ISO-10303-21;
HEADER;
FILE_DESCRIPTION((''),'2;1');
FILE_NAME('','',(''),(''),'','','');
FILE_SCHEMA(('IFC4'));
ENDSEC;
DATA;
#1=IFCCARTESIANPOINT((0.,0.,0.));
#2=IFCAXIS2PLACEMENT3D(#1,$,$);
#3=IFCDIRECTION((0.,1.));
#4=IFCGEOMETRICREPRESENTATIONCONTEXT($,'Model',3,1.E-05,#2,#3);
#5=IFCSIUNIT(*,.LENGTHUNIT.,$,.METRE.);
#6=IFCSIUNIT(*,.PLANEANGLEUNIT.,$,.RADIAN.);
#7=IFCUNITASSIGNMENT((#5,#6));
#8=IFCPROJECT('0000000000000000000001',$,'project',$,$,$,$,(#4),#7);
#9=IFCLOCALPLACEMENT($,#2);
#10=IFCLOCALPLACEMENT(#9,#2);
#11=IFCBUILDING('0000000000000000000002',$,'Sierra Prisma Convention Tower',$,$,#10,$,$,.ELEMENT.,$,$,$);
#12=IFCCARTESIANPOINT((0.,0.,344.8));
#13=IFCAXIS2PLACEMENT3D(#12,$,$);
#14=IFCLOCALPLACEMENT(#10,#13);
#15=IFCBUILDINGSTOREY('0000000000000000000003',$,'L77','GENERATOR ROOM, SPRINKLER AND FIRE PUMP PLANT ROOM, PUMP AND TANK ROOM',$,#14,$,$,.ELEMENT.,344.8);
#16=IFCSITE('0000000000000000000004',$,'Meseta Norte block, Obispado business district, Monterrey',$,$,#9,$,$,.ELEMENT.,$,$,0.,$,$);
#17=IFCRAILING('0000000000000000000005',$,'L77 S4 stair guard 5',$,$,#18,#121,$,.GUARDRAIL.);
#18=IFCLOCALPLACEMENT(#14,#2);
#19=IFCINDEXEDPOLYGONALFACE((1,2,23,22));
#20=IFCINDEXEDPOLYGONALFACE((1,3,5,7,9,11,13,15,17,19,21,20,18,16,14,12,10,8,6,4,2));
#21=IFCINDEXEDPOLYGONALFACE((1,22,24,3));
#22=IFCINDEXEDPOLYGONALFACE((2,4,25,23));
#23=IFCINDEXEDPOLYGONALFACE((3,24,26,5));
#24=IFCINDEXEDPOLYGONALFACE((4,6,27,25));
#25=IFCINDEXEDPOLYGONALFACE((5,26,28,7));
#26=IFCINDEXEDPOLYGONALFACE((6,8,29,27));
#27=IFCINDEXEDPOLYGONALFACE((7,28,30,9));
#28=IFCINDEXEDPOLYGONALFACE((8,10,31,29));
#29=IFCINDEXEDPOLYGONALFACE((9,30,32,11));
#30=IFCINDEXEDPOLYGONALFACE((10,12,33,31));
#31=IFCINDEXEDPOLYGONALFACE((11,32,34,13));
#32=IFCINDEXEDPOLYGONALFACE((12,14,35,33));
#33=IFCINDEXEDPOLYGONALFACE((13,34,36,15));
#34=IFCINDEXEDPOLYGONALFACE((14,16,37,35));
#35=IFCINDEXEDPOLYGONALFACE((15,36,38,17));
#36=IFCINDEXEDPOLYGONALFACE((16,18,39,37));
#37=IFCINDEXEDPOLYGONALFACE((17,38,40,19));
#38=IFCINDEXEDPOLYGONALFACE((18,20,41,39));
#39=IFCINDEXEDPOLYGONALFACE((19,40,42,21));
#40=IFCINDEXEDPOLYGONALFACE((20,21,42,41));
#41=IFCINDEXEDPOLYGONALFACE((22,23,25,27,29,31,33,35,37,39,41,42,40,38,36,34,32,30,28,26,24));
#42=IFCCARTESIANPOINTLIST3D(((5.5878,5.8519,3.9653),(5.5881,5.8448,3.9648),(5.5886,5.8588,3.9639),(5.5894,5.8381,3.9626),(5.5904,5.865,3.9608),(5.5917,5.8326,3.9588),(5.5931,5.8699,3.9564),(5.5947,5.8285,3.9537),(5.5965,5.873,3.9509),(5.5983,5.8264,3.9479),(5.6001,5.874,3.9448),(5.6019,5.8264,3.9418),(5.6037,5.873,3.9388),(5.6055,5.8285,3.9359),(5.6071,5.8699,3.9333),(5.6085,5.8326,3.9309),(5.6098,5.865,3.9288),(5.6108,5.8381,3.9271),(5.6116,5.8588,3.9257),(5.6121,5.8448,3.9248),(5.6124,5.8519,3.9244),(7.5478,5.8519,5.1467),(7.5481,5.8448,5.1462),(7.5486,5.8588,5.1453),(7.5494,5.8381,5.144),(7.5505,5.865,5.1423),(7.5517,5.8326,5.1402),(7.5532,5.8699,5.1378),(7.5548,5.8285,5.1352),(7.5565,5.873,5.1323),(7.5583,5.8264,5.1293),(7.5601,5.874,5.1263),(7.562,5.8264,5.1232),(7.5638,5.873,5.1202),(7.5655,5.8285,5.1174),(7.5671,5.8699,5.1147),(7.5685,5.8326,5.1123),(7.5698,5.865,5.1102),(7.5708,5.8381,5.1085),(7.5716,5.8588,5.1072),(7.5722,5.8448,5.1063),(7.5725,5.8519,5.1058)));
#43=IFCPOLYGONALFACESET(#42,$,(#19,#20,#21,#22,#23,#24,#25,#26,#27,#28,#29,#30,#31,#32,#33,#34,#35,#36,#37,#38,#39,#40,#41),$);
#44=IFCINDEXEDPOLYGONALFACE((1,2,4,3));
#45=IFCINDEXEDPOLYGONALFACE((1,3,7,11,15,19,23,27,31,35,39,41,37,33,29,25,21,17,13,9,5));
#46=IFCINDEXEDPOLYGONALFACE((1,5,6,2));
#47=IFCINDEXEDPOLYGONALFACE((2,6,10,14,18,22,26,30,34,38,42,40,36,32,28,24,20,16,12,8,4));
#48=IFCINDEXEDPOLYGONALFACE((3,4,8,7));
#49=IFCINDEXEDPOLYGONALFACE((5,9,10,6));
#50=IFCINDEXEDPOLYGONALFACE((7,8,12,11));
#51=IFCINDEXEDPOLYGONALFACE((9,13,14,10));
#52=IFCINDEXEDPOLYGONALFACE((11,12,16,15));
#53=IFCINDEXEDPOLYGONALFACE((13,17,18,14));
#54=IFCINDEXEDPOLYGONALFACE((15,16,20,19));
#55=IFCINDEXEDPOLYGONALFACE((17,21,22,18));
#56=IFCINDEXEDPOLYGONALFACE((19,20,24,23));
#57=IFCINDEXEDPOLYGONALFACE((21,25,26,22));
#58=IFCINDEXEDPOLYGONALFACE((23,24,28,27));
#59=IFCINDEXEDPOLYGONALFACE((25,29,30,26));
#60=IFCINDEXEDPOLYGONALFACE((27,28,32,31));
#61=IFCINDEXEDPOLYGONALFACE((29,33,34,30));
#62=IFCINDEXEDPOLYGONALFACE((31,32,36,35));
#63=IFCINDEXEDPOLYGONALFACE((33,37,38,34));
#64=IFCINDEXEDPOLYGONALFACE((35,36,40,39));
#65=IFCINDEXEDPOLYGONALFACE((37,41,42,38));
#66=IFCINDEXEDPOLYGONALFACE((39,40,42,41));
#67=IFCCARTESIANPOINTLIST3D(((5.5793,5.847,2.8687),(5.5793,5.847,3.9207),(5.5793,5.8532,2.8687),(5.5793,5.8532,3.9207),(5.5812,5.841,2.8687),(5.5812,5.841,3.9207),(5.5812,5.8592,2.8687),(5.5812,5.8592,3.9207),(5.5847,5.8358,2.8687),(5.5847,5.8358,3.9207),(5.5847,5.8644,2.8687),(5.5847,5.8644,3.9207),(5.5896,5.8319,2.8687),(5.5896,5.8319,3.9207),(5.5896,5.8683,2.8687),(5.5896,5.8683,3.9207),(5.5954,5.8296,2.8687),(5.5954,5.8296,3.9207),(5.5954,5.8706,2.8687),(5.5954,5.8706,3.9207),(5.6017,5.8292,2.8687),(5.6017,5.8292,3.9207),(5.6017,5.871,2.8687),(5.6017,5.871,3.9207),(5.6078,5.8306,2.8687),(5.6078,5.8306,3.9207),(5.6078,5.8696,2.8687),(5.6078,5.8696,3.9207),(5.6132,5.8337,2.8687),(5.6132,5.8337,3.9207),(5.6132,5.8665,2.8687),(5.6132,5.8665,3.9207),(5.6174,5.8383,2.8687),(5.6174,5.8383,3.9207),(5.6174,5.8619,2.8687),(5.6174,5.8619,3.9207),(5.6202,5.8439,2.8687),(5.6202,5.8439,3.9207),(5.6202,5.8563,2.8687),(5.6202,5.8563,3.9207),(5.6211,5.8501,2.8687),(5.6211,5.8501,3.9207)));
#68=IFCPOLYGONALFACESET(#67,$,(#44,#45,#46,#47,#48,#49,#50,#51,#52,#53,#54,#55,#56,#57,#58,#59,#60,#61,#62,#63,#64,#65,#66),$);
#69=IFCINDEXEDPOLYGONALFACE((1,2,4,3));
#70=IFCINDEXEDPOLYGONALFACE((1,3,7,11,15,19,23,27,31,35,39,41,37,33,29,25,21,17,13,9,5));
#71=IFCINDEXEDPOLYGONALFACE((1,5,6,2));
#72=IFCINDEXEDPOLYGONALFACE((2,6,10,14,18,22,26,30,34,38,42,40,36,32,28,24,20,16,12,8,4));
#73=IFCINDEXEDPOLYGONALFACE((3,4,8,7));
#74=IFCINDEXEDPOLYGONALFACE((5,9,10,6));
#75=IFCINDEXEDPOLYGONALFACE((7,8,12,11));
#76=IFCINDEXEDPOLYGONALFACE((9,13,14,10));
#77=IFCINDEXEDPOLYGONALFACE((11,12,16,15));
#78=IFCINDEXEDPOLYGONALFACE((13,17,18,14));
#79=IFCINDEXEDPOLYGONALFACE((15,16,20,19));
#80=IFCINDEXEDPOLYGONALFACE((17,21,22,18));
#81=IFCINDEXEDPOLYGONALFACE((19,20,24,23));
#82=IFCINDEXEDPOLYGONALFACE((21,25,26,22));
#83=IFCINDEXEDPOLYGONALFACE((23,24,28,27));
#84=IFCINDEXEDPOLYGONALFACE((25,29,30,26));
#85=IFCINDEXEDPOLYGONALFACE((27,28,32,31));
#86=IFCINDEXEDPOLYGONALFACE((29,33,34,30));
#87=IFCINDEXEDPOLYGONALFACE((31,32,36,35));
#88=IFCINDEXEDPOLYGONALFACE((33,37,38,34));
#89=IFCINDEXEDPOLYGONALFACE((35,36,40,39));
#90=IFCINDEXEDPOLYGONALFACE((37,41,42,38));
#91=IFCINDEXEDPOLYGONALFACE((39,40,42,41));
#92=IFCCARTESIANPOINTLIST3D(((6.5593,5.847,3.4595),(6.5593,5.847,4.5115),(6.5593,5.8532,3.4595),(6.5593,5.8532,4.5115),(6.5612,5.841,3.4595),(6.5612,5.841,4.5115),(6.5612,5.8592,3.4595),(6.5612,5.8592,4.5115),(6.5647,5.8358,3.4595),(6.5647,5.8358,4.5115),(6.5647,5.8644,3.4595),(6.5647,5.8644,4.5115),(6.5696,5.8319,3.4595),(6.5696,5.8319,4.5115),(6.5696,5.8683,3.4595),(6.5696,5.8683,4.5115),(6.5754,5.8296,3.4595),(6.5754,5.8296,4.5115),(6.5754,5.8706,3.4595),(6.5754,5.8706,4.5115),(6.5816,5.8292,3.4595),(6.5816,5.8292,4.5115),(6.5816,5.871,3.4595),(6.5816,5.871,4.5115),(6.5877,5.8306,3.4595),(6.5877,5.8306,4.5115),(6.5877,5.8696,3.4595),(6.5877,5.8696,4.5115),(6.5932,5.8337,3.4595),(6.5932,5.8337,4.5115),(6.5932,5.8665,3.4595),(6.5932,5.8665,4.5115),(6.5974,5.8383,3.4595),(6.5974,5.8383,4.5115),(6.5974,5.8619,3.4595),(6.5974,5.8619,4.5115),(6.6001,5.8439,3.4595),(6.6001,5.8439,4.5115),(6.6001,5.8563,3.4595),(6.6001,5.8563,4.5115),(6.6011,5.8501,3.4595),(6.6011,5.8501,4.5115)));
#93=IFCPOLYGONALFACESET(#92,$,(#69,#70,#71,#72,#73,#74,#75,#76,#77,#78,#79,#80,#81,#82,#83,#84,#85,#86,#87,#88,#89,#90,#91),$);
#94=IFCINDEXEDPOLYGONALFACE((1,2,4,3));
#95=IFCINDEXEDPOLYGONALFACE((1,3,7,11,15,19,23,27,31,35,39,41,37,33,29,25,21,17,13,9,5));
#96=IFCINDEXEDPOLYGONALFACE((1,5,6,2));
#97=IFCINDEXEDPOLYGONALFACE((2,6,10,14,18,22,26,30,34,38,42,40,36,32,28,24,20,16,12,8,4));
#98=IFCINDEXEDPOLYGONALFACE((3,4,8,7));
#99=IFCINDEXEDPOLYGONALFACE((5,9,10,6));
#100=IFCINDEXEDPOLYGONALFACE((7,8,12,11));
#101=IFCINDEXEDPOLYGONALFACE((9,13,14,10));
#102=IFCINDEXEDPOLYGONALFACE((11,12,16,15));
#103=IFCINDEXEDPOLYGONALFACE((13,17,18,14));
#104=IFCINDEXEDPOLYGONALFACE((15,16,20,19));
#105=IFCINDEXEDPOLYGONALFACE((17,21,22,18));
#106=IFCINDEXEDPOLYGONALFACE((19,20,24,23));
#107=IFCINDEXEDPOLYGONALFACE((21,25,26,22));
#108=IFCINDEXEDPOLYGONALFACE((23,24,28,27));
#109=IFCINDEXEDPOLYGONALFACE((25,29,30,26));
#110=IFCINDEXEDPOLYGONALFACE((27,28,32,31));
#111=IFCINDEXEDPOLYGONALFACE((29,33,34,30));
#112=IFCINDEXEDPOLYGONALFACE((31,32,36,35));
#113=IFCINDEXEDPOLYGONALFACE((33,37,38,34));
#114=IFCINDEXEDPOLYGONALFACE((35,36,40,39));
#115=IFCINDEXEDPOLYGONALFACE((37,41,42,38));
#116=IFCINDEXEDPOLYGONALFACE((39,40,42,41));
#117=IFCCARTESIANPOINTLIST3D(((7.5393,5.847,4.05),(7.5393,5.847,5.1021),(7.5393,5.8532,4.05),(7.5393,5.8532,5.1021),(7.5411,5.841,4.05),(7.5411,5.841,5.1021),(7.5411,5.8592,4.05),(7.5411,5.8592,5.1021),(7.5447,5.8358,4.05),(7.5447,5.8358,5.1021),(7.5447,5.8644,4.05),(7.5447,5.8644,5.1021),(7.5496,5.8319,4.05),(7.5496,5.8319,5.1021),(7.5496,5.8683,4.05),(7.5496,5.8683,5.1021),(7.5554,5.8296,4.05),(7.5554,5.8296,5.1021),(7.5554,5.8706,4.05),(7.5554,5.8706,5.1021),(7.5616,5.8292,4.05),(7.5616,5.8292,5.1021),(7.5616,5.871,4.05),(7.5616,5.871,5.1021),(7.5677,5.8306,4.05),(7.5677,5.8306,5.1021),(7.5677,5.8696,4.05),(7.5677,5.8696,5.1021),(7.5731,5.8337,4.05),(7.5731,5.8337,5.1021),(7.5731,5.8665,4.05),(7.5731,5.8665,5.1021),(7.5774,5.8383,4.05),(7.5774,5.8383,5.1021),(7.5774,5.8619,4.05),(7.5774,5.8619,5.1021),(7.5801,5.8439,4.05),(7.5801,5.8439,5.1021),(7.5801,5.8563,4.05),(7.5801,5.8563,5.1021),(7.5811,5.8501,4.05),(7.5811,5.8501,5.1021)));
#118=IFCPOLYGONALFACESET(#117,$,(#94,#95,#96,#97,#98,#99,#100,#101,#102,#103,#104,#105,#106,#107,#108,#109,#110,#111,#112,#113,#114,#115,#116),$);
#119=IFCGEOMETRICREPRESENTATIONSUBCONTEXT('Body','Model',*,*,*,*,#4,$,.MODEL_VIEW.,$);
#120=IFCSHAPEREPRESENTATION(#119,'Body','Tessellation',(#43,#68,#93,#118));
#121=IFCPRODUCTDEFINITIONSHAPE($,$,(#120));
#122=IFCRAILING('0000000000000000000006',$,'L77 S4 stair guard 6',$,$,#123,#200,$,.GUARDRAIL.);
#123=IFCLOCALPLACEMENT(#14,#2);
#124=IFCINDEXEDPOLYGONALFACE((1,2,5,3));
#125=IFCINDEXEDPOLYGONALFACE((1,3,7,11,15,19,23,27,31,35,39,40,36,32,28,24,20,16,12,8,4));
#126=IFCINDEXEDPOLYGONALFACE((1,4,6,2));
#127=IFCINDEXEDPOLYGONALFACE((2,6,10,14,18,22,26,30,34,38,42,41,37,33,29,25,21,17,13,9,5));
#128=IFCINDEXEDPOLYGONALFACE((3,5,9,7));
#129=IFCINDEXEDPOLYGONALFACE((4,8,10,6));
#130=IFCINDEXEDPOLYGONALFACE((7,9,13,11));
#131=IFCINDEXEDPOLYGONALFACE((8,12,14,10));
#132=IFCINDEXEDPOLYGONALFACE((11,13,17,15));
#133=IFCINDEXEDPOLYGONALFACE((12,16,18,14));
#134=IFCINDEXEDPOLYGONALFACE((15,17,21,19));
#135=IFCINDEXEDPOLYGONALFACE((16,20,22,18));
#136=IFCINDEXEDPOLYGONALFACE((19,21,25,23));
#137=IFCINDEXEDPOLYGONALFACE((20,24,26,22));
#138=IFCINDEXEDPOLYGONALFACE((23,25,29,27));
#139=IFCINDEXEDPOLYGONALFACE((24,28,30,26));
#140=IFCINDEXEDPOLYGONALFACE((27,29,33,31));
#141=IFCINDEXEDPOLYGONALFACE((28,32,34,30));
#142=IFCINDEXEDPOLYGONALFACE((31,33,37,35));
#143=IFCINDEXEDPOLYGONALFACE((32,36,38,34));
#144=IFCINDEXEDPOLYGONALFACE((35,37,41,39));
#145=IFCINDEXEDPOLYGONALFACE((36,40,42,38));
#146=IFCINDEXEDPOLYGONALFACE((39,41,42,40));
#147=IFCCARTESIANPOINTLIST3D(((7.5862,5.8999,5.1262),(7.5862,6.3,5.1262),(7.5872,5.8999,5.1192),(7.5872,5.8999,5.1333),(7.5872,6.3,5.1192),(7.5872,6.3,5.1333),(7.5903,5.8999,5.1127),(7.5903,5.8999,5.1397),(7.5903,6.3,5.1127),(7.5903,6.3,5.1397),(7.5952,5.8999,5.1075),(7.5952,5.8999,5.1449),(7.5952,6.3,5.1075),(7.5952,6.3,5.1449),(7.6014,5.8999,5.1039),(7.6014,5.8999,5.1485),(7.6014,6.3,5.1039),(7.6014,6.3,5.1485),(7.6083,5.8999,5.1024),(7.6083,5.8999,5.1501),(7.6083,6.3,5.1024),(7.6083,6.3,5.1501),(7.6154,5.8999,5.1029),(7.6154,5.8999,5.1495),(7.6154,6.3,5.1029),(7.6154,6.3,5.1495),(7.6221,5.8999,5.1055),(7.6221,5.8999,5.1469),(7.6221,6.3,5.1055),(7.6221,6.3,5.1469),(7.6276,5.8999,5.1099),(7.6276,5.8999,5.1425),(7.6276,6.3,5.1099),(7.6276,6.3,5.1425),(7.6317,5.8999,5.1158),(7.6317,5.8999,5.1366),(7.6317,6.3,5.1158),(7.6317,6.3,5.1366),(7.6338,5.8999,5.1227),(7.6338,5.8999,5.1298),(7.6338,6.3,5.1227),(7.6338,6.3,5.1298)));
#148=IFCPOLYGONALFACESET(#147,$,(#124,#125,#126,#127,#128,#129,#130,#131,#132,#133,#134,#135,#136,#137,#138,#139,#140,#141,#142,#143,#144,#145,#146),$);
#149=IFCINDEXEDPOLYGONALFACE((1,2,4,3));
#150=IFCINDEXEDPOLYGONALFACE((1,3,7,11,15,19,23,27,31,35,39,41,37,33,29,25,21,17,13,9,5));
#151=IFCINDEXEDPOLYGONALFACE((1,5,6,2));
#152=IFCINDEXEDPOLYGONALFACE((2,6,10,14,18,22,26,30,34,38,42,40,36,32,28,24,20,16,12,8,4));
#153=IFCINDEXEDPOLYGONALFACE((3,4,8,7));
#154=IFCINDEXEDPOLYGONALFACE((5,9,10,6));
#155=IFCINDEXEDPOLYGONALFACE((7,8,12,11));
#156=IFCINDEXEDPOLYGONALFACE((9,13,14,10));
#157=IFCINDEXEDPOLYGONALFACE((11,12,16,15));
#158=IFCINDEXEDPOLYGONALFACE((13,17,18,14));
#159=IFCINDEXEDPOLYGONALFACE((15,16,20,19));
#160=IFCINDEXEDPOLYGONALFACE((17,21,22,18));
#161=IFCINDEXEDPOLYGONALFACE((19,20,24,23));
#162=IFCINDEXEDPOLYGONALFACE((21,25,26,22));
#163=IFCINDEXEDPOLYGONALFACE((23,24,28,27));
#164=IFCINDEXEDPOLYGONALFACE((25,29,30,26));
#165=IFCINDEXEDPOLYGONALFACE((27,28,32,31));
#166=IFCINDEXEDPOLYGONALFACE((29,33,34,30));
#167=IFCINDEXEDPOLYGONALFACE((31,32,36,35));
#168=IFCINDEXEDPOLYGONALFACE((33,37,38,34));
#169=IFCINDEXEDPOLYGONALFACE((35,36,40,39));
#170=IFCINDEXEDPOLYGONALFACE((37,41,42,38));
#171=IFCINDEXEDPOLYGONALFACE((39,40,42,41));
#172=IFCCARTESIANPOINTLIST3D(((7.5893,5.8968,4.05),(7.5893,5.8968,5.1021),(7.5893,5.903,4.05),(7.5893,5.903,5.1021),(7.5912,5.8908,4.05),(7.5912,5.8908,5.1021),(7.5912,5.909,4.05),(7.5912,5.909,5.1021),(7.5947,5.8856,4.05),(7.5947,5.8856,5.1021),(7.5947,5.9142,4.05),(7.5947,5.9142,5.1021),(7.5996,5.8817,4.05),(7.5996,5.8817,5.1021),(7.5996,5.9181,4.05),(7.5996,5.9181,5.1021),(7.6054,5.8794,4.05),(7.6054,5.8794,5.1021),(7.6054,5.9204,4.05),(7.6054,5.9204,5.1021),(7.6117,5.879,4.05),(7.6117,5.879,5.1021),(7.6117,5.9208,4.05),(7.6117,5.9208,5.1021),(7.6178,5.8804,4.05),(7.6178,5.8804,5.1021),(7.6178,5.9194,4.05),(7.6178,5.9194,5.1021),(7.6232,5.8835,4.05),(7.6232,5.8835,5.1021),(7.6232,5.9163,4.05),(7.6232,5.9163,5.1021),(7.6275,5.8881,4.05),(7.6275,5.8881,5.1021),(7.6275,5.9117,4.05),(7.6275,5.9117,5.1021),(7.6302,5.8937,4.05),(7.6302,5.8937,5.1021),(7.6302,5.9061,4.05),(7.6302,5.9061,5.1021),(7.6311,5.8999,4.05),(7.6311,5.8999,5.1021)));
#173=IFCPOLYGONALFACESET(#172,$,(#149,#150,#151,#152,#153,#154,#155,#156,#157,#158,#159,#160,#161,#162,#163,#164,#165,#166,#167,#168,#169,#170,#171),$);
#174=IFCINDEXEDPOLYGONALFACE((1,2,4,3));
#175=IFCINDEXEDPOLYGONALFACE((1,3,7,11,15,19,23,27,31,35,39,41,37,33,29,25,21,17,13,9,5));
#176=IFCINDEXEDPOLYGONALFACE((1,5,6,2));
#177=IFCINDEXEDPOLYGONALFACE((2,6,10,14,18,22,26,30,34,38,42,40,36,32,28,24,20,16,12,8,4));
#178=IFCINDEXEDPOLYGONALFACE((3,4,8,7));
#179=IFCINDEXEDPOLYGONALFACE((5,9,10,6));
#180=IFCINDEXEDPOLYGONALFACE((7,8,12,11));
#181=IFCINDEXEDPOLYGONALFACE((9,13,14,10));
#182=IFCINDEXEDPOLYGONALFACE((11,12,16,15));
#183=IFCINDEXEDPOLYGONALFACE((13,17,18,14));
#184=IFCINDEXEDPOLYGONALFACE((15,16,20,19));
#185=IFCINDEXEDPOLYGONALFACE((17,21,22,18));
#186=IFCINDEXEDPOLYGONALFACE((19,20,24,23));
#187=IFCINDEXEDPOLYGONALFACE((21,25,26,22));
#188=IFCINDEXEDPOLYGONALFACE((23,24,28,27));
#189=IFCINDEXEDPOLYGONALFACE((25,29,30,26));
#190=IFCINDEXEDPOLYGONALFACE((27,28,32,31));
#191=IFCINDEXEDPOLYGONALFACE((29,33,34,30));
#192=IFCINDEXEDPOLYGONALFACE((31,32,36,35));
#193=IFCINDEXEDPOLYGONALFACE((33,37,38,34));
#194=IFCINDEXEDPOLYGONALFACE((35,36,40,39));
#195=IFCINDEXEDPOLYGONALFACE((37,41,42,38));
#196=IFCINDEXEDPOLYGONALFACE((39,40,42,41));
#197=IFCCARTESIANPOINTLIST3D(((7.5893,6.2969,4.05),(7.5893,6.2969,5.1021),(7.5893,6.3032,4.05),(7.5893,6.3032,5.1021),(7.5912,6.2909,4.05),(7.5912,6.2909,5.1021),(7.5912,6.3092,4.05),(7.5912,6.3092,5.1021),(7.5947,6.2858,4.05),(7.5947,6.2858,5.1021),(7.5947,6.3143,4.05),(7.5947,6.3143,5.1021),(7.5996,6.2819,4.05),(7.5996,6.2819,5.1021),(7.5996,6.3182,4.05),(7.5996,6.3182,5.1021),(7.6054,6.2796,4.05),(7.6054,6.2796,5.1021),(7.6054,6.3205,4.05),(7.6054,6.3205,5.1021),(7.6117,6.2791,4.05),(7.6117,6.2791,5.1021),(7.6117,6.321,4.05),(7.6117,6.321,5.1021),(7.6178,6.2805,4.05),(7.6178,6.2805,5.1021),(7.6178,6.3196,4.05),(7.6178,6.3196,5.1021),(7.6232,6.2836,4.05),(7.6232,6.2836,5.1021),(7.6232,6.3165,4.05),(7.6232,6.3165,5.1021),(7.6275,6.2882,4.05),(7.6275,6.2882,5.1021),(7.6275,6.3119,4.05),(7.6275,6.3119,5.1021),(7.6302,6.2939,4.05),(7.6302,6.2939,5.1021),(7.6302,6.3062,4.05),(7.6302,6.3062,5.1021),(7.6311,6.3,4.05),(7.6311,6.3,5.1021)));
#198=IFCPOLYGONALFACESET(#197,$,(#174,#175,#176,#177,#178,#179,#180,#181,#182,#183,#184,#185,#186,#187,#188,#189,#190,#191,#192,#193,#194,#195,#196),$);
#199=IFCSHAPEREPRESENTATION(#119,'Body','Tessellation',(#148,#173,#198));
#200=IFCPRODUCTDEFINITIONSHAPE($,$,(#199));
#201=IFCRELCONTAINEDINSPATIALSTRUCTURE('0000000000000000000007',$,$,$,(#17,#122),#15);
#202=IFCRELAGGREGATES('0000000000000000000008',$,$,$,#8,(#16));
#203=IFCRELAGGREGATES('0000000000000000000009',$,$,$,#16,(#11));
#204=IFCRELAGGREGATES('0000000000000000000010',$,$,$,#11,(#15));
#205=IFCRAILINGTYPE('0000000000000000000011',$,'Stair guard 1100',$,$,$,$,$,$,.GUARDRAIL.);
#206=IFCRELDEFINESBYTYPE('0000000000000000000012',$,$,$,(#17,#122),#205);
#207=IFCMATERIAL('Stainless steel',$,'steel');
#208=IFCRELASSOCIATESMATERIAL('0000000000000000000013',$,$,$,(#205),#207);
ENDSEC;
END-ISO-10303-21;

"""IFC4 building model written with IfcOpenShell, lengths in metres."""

from ifc_helpers import new_model, si_unit, direction, frame, origin, origin_2d, place, context, subcontext, project, spatial, circle, extrude, material, type_object, element, save


model = new_model("IFC4")

# Units and contexts
model_context = context("Model", 3, precision=1e-05, world=origin(), true_north=direction((0.0, 1.0)))
body_context = subcontext(model_context, "Body", "Model", "MODEL_VIEW")
ifc_project = project(units=[si_unit("LENGTHUNIT", "METRE"), si_unit("PLANEANGLEUNIT", "RADIAN")], contexts=[model_context])

# Site, building, storey
site_placement = place(None, origin())
site = spatial("IfcSite", under=ifc_project, at=site_placement, Name="Meseta Norte block, Obispado business district, Monterrey", CompositionType="ELEMENT", RefElevation=0.0)
building_placement = place(site_placement, origin())
building = spatial("IfcBuilding", under=site, at=building_placement, Name="Sierra Prisma Convention Tower", CompositionType="ELEMENT")
storey_placement = place(building_placement, frame((0.0, 0.0, 344.8)))
storey = spatial("IfcBuildingStorey", under=building, at=storey_placement, Name="L77", Description="GENERATOR ROOM, SPRINKLER AND FIRE PUMP PLANT ROOM, PUMP AND TANK ROOM", CompositionType="ELEMENT", Elevation=344.8)

# Railings
ifc_material_1 = material(Name="Stainless steel", Category="steel")
railing_type_1 = type_object("IfcRailingType", Name="Stair guard 1100", PredefinedType="GUARDRAIL", material=ifc_material_1)
railing_1_placement = place(storey_placement, frame((5.6001, 5.8501, 2.8687)))
element("IfcRailing", 1, at=railing_1_placement, inside=storey, type_object=railing_type_1, Name="L77 S4 stair guard 5", PredefinedType="GUARDRAIL", context=body_context, shape_type="SweptSolid", body=[
    extrude(circle(Radius=0.0239, at=origin_2d()), frame((0.0, 0.0, 1.0762), z_axis=(0.856446, 0.0, 0.516236), x_axis=(0.0, 1.0, 0.0)), (0.0, 0.0, 1.0), 2.2886),
    extrude(circle(Radius=0.021, at=origin_2d()), origin(), (0.0, 0.0, 1.0), 1.052),
    extrude(circle(Radius=0.021, at=origin_2d()), frame((0.98, 0.0, 0.5908)), (0.0, 0.0, 1.0), 1.052),
    extrude(circle(Radius=0.021, at=origin_2d()), frame((1.96, 0.0, 1.1814)), (0.0, 0.0, 1.0), 1.052),
])
railing_2_placement = place(storey_placement, frame((7.6101, 5.8999, 4.05)))
element("IfcRailing", 2, at=railing_2_placement, inside=storey, type_object=railing_type_1, Name="L77 S4 stair guard 6", PredefinedType="GUARDRAIL", context=body_context, shape_type="SweptSolid", body=[
    extrude(circle(Radius=0.0239, at=origin_2d()), frame((0.0, 0.0, 1.0762), z_axis=(0.0, 1.0, 0.0), x_axis=(-1.0, 0.0, 0.0)), (0.0, 0.0, 1.0), 0.4001),
    extrude(circle(Radius=0.021, at=origin_2d()), origin(), (0.0, 0.0, 1.0), 1.052),
    extrude(circle(Radius=0.021, at=origin_2d()), frame((0.0, 0.4001, 0.0)), (0.0, 0.0, 1.0), 1.052),
])

save(model, "model.ifc")
